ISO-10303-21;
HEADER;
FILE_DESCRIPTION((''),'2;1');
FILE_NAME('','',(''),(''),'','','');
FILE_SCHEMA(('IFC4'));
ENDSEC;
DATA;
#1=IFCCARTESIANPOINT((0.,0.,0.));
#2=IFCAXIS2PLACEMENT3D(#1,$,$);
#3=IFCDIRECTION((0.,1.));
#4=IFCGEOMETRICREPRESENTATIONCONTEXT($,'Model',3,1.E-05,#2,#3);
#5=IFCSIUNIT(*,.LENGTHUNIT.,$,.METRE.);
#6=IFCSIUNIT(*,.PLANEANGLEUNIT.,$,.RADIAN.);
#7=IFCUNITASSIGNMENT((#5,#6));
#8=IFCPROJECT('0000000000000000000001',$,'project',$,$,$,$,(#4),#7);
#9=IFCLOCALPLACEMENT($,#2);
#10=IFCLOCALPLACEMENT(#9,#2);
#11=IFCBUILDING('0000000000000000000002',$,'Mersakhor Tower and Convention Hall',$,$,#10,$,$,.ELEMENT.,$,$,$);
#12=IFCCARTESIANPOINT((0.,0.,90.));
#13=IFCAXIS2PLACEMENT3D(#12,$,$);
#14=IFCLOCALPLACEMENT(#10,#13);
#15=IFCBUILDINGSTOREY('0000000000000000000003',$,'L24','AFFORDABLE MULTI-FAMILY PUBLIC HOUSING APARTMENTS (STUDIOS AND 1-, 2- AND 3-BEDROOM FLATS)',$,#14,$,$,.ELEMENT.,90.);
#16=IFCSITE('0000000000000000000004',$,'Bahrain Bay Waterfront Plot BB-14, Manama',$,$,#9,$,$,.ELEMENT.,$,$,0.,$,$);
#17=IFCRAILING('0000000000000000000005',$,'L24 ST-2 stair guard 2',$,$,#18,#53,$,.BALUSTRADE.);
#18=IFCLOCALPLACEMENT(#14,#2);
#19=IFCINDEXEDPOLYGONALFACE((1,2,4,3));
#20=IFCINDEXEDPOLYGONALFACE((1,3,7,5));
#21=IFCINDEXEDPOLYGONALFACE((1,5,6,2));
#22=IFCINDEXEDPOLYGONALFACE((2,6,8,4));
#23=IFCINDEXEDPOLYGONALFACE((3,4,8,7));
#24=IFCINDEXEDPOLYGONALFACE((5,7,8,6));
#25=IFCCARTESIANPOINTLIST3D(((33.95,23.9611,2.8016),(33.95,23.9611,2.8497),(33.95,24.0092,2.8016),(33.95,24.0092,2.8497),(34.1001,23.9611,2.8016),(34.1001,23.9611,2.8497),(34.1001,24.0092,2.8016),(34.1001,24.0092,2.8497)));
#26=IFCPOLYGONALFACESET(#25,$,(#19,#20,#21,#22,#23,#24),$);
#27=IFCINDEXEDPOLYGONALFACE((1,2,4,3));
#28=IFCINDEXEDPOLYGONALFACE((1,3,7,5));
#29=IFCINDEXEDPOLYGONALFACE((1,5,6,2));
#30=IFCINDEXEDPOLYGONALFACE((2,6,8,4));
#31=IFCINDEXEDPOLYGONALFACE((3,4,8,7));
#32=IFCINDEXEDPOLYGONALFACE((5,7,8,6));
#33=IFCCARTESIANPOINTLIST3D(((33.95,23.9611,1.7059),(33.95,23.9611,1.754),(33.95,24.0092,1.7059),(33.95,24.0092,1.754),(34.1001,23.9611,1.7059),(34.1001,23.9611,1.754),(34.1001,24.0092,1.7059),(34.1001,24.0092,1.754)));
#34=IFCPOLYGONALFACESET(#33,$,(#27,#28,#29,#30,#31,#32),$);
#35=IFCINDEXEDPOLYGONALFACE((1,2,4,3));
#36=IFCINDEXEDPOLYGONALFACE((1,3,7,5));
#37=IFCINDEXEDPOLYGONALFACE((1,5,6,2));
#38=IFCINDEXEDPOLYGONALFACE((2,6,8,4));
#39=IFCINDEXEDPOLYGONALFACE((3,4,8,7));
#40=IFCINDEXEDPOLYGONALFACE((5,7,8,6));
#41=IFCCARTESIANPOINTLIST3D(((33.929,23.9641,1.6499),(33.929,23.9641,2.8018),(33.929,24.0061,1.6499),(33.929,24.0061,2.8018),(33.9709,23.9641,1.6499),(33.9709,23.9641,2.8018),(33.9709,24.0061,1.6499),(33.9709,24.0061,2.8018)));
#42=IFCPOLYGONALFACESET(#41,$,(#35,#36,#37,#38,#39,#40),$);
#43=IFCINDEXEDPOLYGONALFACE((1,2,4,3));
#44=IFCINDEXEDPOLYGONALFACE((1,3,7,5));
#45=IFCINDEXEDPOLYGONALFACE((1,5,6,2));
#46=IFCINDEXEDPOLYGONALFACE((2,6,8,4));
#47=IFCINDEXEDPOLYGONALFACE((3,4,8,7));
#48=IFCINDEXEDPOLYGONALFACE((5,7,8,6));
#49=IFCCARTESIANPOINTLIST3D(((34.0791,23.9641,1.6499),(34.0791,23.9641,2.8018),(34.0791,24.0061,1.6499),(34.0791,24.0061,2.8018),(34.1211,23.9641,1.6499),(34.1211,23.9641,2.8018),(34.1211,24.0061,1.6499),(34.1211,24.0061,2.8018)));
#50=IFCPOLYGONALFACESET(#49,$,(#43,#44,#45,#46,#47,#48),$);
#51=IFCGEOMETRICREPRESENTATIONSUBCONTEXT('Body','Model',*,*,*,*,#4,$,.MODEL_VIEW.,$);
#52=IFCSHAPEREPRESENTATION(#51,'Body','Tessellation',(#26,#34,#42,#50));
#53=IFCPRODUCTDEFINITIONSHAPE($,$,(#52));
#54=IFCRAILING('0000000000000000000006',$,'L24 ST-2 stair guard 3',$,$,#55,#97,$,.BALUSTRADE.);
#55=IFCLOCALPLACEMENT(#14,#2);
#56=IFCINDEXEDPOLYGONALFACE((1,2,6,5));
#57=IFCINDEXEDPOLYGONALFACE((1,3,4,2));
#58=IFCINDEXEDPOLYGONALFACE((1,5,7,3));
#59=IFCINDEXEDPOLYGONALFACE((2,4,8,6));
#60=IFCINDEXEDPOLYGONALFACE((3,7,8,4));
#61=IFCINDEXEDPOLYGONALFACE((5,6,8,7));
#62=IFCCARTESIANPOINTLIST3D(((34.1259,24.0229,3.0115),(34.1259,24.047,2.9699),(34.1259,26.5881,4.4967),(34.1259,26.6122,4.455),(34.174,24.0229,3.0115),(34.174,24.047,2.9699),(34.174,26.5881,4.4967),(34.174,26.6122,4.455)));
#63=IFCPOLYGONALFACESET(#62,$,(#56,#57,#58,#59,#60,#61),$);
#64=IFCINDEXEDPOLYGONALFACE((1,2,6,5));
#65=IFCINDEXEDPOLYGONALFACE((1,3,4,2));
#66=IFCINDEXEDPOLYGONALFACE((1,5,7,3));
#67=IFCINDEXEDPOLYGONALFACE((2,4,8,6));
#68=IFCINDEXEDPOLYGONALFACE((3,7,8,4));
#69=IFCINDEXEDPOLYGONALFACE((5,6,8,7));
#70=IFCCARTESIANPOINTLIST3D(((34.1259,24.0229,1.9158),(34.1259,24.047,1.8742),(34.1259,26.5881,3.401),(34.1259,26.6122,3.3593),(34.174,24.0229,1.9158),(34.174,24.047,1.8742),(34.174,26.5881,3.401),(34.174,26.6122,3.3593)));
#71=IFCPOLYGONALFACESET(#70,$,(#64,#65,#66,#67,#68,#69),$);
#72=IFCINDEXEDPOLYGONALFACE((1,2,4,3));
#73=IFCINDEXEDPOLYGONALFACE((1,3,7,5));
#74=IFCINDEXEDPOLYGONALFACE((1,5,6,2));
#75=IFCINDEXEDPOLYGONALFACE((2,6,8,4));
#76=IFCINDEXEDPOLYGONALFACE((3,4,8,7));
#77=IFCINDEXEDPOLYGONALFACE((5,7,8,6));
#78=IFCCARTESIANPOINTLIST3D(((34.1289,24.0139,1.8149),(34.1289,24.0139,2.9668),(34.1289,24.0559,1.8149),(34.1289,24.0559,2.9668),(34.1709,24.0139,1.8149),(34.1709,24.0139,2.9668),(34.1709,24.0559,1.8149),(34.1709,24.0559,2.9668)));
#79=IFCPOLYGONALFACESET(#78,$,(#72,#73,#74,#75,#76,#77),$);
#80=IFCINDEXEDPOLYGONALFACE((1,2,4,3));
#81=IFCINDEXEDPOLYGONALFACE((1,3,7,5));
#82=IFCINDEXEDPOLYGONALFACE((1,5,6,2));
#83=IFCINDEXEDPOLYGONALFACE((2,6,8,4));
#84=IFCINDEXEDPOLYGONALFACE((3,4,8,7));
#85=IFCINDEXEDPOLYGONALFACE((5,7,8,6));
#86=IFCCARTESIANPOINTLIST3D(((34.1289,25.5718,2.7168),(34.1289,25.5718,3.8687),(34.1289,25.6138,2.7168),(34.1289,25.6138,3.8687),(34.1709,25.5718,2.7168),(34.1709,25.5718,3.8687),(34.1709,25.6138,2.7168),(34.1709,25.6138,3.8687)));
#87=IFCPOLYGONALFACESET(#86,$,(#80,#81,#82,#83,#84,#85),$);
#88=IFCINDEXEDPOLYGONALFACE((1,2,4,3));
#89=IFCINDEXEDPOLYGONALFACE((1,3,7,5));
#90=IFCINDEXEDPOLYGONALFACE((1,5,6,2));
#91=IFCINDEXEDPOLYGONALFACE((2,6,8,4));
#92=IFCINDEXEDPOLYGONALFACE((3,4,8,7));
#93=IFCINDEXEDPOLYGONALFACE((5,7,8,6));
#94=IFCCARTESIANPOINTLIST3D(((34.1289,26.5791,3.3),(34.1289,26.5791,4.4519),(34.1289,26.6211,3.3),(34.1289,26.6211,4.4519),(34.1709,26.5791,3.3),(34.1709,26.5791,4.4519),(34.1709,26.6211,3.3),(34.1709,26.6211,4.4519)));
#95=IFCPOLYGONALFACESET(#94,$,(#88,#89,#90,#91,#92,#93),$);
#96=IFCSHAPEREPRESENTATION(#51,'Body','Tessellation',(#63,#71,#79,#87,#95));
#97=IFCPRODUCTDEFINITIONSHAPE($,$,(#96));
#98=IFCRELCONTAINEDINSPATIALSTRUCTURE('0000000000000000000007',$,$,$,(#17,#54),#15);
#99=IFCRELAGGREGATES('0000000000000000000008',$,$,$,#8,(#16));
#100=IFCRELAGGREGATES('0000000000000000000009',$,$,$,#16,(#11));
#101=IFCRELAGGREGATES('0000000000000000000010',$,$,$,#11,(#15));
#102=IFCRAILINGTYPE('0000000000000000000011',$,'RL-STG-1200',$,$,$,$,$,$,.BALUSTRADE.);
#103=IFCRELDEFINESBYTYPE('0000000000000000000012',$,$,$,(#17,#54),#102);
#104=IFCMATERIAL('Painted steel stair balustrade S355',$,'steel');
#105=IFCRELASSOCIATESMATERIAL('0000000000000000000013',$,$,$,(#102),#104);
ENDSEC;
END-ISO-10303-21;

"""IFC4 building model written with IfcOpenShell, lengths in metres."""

from ifc_helpers import new_model, si_unit, direction, frame, origin, origin_2d, place, context, subcontext, project, spatial, rectangle, extrude, material, type_object, element, save


model = new_model("IFC4")

# Units and contexts
model_context = context("Model", 3, precision=1e-05, world=origin(), true_north=direction((0.0, 1.0)))
body_context = subcontext(model_context, "Body", "Model", "MODEL_VIEW")
ifc_project = project(units=[si_unit("LENGTHUNIT", "METRE"), si_unit("PLANEANGLEUNIT", "RADIAN")], contexts=[model_context])

# Site, building, storey
site_placement = place(None, origin())
site = spatial("IfcSite", under=ifc_project, at=site_placement, Name="Bahrain Bay Waterfront Plot BB-14, Manama", CompositionType="ELEMENT", RefElevation=0.0)
building_placement = place(site_placement, origin())
building = spatial("IfcBuilding", under=site, at=building_placement, Name="Mersakhor Tower and Convention Hall", CompositionType="ELEMENT")
storey_placement = place(building_placement, frame((0.0, 0.0, 90.0)))
storey = spatial("IfcBuildingStorey", under=building, at=storey_placement, Name="L24", Description="AFFORDABLE MULTI-FAMILY PUBLIC HOUSING APARTMENTS (STUDIOS AND 1-, 2- AND 3-BEDROOM FLATS)", CompositionType="ELEMENT", Elevation=90.0)

# Railings
ifc_material_1 = material(Name="Painted steel stair balustrade S355", Category="steel")
railing_type_1 = type_object("IfcRailingType", Name="RL-STG-1200", PredefinedType="BALUSTRADE", material=ifc_material_1)
railing_1_placement = place(storey_placement, frame((33.95, 23.9851, 1.6499)))
element("IfcRailing", 1, at=railing_1_placement, inside=storey, type_object=railing_type_1, Name="L24 ST-2 stair guard 2", PredefinedType="BALUSTRADE", context=body_context, shape_type="SweptSolid", body=[
    extrude(rectangle(XDim=0.0481, YDim=0.0481, at=origin_2d()), frame((0.0, 0.0, 1.1758), z_axis=(1.0, 0.0, 0.0), x_axis=(0.0, 1.0, 0.0)), (0.0, 0.0, 1.0), 0.1501),
    extrude(rectangle(XDim=0.0481, YDim=0.0481, at=origin_2d()), frame((0.0, 0.0, 0.0801), z_axis=(1.0, 0.0, 0.0), x_axis=(0.0, 1.0, 0.0)), (0.0, 0.0, 1.0), 0.1501),
    extrude(rectangle(XDim=0.042, YDim=0.042, at=origin_2d()), origin(), (0.0, 0.0, 1.0), 1.1519),
    extrude(rectangle(XDim=0.042, YDim=0.042, at=origin_2d()), frame((0.1501, 0.0, 0.0)), (0.0, 0.0, 1.0), 1.1519),
])
railing_2_placement = place(storey_placement, frame((34.1499, 24.0349, 1.8149)))
element("IfcRailing", 2, at=railing_2_placement, inside=storey, type_object=railing_type_1, Name="L24 ST-2 stair guard 3", PredefinedType="BALUSTRADE", context=body_context, shape_type="SweptSolid", body=[
    extrude(rectangle(XDim=0.0481, YDim=0.0481, at=origin_2d()), frame((0.0, 0.0, 1.1758), z_axis=(0.0, 0.865426, 0.501036), x_axis=(-1.0, 0.0, 0.0)), (0.0, 0.0, 1.0), 2.9641),
    extrude(rectangle(XDim=0.0481, YDim=0.0481, at=origin_2d()), frame((0.0, 0.0, 0.0801), z_axis=(0.0, 0.865426, 0.501036), x_axis=(-1.0, 0.0, 0.0)), (0.0, 0.0, 1.0), 2.9641),
    extrude(rectangle(XDim=0.042, YDim=0.042, at=origin_2d()), origin(), (0.0, 0.0, 1.0), 1.1519),
    extrude(rectangle(XDim=0.042, YDim=0.042, at=origin_2d()), frame((0.0, 1.5579, 0.9019)), (0.0, 0.0, 1.0), 1.1519),
    extrude(rectangle(XDim=0.042, YDim=0.042, at=origin_2d()), frame((0.0, 2.5652, 1.4851)), (0.0, 0.0, 1.0), 1.1519),
])

save(model, "model.ifc")
